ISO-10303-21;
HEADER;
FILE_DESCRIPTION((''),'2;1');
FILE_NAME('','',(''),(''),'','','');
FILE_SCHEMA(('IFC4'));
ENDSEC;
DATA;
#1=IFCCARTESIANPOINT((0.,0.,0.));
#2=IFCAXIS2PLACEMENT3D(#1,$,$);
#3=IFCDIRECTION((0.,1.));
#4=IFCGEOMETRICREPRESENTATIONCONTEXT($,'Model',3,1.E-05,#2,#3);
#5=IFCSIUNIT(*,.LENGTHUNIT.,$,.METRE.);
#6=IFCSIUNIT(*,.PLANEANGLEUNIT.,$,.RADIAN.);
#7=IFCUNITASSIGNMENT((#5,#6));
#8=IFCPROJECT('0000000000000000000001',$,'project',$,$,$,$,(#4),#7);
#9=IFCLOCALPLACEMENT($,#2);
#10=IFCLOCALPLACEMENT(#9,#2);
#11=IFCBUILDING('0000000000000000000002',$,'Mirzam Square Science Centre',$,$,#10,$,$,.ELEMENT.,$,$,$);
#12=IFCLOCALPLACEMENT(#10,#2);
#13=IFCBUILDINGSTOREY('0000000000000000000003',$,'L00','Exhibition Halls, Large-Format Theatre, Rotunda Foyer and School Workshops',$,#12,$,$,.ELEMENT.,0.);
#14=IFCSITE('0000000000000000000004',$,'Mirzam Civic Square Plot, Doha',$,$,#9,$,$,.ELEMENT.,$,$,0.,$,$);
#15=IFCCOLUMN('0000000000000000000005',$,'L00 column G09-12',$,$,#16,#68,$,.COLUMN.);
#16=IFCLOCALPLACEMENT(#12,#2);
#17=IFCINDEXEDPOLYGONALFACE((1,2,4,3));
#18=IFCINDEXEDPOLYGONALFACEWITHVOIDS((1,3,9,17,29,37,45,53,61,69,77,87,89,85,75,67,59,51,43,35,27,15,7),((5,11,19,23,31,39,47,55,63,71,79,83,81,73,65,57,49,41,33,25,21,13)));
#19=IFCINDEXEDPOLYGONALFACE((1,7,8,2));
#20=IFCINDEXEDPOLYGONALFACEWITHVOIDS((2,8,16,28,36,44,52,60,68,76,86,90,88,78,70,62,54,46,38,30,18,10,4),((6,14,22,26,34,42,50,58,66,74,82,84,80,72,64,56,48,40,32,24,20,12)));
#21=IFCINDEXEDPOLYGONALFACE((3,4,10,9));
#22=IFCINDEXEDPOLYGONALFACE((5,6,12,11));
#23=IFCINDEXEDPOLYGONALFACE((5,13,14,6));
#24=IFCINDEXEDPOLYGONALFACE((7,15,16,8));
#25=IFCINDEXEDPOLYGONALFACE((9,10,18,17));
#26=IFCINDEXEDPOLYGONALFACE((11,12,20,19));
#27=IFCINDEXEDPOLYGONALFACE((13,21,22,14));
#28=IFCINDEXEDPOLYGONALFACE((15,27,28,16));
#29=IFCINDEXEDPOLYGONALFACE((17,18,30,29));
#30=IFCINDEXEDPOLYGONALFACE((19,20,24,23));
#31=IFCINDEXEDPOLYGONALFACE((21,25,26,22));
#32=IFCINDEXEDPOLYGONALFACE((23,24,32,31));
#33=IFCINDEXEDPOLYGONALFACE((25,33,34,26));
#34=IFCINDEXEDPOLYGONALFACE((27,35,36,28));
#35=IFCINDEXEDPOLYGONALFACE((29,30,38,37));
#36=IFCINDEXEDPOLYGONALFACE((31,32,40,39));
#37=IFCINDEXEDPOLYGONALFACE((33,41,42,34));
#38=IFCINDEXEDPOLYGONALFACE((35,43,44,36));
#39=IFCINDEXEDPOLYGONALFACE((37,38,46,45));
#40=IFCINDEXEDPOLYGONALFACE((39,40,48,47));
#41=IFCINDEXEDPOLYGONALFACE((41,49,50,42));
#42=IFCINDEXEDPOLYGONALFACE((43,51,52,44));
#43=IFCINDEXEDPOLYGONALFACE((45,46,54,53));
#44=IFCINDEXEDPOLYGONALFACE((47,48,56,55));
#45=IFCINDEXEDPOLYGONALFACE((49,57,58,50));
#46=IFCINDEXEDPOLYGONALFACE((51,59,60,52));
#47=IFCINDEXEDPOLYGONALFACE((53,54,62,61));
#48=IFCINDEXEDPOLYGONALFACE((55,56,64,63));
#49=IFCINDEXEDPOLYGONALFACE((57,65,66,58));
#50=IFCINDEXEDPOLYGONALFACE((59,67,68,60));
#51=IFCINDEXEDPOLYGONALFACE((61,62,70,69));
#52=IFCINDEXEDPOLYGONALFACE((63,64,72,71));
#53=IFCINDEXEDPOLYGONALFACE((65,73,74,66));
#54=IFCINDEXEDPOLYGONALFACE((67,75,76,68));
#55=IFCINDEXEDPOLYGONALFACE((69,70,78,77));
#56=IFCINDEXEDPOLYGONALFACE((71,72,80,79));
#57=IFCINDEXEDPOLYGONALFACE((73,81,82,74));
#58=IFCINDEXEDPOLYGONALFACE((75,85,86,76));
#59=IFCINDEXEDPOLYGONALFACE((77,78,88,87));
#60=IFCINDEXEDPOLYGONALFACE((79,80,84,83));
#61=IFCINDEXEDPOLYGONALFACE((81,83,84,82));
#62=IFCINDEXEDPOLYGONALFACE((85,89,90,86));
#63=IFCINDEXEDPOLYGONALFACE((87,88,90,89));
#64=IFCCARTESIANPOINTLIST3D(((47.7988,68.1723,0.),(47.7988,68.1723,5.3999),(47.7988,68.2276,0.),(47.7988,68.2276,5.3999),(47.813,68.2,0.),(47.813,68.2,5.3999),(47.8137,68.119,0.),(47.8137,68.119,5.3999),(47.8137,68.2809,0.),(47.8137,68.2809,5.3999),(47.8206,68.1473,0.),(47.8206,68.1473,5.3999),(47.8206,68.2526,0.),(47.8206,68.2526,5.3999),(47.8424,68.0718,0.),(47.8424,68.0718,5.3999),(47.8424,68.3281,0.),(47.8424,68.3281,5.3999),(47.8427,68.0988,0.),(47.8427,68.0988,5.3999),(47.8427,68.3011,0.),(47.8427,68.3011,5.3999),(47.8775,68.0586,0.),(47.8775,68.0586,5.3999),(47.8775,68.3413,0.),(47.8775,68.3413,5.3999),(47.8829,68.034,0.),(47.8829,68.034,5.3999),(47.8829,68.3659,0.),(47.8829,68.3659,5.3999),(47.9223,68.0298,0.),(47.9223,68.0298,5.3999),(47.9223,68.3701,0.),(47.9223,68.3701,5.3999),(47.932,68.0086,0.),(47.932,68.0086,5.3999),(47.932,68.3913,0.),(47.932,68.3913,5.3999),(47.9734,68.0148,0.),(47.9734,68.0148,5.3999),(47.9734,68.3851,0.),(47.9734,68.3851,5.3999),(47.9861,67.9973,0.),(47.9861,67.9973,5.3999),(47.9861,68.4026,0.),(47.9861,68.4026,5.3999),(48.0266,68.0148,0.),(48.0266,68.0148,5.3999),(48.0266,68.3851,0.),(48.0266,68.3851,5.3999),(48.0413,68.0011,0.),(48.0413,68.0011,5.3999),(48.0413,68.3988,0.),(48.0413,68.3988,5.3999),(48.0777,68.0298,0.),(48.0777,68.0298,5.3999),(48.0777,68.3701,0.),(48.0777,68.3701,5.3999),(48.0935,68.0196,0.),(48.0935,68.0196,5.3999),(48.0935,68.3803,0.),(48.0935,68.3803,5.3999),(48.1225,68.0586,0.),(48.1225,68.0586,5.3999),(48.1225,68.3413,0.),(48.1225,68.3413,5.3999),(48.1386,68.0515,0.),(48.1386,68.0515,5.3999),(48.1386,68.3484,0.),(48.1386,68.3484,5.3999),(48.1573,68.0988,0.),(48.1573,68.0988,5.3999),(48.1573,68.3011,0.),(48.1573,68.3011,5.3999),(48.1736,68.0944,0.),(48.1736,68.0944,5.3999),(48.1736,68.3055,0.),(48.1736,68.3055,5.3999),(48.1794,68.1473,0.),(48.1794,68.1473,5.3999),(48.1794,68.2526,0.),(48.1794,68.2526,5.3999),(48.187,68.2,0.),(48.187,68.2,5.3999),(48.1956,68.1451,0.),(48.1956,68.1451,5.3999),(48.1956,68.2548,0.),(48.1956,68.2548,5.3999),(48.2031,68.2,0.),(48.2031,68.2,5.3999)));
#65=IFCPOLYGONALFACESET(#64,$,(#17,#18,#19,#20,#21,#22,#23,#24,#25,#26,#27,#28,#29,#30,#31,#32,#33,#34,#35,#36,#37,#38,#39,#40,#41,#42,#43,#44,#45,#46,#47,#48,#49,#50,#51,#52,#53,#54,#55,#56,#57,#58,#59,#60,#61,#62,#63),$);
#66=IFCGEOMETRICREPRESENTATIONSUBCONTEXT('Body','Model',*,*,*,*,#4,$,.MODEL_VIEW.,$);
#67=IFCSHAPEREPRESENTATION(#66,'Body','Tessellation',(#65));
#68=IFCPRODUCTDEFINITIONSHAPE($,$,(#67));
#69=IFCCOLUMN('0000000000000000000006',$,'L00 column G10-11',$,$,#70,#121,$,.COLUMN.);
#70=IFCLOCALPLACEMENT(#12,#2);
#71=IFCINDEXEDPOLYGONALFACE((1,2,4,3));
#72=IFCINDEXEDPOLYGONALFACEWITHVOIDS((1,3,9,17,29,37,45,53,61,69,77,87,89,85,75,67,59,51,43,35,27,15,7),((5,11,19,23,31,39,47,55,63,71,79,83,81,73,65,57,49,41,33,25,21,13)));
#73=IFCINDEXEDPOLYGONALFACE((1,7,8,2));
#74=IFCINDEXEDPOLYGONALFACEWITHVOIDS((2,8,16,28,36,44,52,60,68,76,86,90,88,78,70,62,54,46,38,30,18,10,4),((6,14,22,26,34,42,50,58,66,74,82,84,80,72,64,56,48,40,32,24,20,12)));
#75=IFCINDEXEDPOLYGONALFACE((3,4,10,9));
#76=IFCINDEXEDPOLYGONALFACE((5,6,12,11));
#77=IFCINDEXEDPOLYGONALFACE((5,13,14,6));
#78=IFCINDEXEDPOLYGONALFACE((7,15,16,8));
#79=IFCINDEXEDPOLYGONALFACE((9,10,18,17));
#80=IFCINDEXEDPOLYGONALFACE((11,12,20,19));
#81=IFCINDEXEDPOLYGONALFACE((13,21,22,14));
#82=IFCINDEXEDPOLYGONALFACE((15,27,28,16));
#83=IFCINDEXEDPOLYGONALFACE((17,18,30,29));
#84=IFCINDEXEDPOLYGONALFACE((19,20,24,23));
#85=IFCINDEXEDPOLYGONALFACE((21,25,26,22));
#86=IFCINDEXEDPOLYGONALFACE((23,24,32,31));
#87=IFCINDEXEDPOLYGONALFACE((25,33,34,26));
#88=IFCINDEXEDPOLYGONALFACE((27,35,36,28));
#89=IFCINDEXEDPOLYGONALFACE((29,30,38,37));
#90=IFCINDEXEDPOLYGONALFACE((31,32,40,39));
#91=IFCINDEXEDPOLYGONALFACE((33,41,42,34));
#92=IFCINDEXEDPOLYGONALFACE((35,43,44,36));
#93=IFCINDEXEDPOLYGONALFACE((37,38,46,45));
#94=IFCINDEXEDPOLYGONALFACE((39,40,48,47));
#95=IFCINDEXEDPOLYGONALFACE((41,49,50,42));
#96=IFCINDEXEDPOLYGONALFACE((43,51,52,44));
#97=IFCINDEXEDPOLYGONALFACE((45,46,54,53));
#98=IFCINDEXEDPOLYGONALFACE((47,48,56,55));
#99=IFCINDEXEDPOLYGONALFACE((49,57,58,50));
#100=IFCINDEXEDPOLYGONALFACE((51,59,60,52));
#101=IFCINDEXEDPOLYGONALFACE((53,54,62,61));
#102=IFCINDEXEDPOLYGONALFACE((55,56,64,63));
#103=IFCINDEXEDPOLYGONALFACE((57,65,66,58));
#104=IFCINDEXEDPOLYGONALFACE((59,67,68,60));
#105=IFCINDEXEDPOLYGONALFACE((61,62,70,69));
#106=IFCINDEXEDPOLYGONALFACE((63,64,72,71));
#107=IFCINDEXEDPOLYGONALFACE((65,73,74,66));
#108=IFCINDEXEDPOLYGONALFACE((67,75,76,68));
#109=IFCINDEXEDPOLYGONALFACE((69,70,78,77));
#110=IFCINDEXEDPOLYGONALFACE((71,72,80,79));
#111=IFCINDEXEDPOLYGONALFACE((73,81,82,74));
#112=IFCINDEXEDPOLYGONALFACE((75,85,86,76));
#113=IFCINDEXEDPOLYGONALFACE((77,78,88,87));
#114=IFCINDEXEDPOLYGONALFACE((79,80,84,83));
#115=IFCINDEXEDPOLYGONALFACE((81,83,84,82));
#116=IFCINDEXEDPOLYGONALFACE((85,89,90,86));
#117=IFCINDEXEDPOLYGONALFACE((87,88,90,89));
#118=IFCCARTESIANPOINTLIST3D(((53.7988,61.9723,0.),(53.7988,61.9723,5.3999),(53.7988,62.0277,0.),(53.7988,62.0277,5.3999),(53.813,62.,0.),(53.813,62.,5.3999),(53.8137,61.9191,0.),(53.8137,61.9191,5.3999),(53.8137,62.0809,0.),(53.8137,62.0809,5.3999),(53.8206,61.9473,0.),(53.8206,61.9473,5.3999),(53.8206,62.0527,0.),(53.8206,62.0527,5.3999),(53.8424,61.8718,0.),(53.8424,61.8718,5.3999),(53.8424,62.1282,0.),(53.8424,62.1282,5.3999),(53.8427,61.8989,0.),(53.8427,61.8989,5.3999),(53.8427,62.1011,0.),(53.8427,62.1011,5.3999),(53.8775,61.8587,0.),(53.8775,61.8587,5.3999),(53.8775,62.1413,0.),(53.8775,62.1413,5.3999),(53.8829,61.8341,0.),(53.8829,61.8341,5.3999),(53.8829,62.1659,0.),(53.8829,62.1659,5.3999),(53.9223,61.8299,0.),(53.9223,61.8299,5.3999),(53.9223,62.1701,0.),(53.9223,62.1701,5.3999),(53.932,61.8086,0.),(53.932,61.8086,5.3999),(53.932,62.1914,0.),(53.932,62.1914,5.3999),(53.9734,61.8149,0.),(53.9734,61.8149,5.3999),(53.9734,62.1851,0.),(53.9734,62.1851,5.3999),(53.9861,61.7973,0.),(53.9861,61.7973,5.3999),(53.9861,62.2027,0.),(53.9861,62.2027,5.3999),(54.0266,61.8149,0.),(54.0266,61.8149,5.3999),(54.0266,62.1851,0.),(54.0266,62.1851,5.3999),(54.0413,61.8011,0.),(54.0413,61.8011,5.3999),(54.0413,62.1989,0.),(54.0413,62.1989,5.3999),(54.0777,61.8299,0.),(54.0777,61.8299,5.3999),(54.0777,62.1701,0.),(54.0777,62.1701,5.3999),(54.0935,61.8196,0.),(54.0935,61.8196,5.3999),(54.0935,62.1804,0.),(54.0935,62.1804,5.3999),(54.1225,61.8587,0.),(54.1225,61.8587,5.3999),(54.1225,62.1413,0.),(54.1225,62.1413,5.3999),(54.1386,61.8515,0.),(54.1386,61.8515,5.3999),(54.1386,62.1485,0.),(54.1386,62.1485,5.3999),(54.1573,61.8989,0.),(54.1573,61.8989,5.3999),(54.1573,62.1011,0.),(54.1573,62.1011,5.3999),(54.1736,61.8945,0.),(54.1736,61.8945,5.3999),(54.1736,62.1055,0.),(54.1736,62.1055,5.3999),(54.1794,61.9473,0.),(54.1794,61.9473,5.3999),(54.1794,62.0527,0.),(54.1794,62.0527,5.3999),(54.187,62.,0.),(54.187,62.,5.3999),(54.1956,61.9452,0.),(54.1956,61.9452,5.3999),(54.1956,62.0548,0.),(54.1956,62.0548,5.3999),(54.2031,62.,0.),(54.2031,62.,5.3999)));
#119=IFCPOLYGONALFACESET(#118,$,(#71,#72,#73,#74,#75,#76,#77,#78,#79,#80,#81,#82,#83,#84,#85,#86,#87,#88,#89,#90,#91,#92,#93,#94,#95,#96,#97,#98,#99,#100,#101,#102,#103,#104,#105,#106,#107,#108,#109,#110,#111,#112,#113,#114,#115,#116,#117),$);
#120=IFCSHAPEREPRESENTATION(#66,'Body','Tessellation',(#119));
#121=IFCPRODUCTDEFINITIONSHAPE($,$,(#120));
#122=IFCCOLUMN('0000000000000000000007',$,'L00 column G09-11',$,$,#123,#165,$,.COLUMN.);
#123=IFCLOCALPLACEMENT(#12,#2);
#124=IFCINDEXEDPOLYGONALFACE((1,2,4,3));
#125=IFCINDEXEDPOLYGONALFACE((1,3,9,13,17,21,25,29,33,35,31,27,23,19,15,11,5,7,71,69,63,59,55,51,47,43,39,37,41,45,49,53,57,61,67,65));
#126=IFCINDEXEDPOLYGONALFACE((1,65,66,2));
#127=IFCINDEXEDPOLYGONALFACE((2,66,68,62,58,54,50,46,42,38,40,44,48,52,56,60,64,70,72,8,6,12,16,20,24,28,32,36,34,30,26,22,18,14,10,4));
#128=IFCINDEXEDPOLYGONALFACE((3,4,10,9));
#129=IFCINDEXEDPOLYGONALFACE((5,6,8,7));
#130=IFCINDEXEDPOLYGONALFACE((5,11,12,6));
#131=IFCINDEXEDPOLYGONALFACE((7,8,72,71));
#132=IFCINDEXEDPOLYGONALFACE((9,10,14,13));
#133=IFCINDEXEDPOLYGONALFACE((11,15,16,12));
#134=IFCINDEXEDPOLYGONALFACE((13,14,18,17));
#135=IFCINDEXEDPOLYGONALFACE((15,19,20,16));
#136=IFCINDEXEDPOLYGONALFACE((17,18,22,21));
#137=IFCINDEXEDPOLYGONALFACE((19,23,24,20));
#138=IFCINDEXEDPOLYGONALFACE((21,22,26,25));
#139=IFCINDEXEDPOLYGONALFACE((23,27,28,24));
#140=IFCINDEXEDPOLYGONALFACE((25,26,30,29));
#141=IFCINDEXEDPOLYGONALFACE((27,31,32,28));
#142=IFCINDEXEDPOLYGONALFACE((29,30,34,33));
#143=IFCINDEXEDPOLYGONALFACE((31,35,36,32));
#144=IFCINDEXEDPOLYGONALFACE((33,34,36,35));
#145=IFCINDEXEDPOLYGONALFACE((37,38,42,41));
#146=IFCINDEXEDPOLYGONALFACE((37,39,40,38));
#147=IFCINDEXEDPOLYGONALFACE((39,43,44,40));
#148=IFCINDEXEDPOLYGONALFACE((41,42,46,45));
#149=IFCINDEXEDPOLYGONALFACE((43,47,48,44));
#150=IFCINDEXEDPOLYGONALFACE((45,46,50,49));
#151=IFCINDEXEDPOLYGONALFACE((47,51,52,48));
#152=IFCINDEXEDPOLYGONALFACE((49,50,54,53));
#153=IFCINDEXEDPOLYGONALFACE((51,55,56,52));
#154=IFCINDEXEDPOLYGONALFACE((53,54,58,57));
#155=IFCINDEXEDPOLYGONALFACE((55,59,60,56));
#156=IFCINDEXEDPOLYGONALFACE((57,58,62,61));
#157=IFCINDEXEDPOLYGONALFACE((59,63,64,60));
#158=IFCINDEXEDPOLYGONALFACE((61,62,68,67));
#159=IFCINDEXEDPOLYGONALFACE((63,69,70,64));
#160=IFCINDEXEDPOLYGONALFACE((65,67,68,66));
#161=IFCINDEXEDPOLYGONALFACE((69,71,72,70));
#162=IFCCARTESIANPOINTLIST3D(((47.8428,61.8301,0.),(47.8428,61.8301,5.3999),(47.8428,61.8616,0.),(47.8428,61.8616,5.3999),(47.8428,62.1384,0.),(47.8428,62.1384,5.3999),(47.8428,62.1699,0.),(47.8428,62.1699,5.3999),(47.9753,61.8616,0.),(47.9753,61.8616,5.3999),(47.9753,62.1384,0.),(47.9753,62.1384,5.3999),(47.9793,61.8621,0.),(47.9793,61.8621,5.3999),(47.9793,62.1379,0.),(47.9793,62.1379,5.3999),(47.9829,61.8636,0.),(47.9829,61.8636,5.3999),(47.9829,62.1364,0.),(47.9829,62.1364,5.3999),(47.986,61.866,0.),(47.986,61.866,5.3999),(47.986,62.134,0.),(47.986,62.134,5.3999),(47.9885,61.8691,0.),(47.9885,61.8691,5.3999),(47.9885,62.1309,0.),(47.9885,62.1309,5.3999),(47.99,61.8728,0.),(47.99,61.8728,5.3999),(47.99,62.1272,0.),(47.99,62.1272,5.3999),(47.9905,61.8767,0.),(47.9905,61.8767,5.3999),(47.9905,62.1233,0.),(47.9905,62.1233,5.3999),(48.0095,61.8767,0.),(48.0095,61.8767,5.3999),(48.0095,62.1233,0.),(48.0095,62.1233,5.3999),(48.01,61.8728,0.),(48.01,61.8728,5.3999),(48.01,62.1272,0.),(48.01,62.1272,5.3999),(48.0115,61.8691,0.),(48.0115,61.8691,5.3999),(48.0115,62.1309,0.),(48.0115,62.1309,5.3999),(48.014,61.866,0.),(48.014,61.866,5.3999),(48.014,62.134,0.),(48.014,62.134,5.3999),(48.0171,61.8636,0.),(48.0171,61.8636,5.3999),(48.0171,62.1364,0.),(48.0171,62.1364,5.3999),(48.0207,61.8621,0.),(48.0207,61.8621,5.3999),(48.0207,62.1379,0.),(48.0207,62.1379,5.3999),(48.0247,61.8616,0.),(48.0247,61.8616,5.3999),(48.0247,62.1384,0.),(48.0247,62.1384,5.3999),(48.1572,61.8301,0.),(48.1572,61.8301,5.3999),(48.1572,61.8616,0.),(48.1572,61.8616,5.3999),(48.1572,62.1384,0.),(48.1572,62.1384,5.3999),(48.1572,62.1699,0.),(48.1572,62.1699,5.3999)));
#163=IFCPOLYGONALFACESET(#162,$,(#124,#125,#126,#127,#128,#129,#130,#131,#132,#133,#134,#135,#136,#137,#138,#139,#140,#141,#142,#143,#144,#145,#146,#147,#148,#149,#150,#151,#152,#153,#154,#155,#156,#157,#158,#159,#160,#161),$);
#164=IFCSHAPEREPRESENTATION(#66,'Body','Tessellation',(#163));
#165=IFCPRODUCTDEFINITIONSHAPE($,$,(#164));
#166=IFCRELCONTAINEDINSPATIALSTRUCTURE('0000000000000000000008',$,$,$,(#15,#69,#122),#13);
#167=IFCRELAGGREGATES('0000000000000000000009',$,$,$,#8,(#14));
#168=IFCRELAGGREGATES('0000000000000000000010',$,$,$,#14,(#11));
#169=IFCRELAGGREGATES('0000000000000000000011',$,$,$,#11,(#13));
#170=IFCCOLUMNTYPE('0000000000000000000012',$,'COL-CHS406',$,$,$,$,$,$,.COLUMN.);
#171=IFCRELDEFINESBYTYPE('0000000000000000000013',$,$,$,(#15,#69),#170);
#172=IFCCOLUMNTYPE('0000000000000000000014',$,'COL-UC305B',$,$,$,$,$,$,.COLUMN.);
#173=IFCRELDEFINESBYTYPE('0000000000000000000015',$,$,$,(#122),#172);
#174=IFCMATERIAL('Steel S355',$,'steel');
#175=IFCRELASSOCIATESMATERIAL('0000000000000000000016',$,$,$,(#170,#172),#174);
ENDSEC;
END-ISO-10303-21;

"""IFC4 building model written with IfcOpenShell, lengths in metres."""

from ifc_helpers import new_model, si_unit, direction, frame, origin, origin_2d, place, context, subcontext, project, spatial, hollow_circle, i_section, extrude, material, material_profile, profile_set, type_object, element, save


model = new_model("IFC4")

# Units and contexts
model_context = context("Model", 3, precision=1e-05, world=origin(), true_north=direction((0.0, 1.0)))
body_context = subcontext(model_context, "Body", "Model", "MODEL_VIEW")
ifc_project = project(units=[si_unit("LENGTHUNIT", "METRE"), si_unit("PLANEANGLEUNIT", "RADIAN")], contexts=[model_context])

# Site, building, storey
site_placement = place(None, origin())
site = spatial("IfcSite", under=ifc_project, at=site_placement, Name="Mirzam Civic Square Plot, Doha", CompositionType="ELEMENT", RefElevation=0.0)
building_placement = place(site_placement, origin())
building = spatial("IfcBuilding", under=site, at=building_placement, Name="Mirzam Square Science Centre", CompositionType="ELEMENT")
storey_placement = place(building_placement, origin())
storey = spatial("IfcBuildingStorey", under=building, at=storey_placement, Name="L00", Description="Exhibition Halls, Large-Format Theatre, Rotunda Foyer and School Workshops", CompositionType="ELEMENT", Elevation=0.0)

# Columns
ifc_material = material(Name="Steel S355", Category="steel")
ifc_material_profile_1 = material_profile(ifc_material, hollow_circle(Radius=0.2031, WallThickness=0.0161, at=origin_2d()), Name="406.4x16.0CHS")
ifc_profile_set_1 = profile_set([ifc_material_profile_1], Name="Steel S355")
column_type_1 = type_object("IfcColumnType", Name="COL-CHS406", PredefinedType="COLUMN", material=ifc_profile_set_1)
for number, where, z_axis, x_axis, name in (
    (1, (48.0, 68.2, 0.0), (0.0, 0.0, 1.0), (1.0, 0.0, 0.0), "L00 column G09-12"),
    (2, (54.0, 62.0, 0.0), (0.0, 0.0, 1.0), (1.0, 0.0, 0.0), "L00 column G10-11"),
):
    element("IfcColumn", number, at=place(storey_placement, frame(where, z_axis=z_axis, x_axis=x_axis)), inside=storey, type_object=column_type_1, Name=name, PredefinedType="COLUMN", context=body_context, shape_type="SweptSolid", body=[
        extrude(hollow_circle(Radius=0.2031, WallThickness=0.0161, at=origin_2d()), origin(), (0.0, 0.0, 1.0), 5.3999),
    ])
ifc_material_profile_2 = material_profile(ifc_material, i_section(OverallWidth=0.3145, OverallDepth=0.3398, WebThickness=0.019, FlangeThickness=0.0315, FilletRadius=0.0151, at=origin_2d()), Name="305x305x198UC")
ifc_profile_set_2 = profile_set([ifc_material_profile_2], Name="Steel S355")
column_type_2 = type_object("IfcColumnType", Name="COL-UC305B", PredefinedType="COLUMN", material=ifc_profile_set_2)
column_1_placement = place(storey_placement, frame((48.0, 62.0, 0.0), z_axis=(0.0, 0.0, 1.0), x_axis=(1.0, 0.0, 0.0)))
element("IfcColumn", 3, at=column_1_placement, inside=storey, type_object=column_type_2, Name="L00 column G09-11", PredefinedType="COLUMN", context=body_context, shape_type="SweptSolid", body=[
    extrude(i_section(OverallWidth=0.3145, OverallDepth=0.3398, WebThickness=0.019, FlangeThickness=0.0315, FilletRadius=0.0151, at=origin_2d()), origin(), (0.0, 0.0, 1.0), 5.3999),
])

save(model, "model.ifc")
